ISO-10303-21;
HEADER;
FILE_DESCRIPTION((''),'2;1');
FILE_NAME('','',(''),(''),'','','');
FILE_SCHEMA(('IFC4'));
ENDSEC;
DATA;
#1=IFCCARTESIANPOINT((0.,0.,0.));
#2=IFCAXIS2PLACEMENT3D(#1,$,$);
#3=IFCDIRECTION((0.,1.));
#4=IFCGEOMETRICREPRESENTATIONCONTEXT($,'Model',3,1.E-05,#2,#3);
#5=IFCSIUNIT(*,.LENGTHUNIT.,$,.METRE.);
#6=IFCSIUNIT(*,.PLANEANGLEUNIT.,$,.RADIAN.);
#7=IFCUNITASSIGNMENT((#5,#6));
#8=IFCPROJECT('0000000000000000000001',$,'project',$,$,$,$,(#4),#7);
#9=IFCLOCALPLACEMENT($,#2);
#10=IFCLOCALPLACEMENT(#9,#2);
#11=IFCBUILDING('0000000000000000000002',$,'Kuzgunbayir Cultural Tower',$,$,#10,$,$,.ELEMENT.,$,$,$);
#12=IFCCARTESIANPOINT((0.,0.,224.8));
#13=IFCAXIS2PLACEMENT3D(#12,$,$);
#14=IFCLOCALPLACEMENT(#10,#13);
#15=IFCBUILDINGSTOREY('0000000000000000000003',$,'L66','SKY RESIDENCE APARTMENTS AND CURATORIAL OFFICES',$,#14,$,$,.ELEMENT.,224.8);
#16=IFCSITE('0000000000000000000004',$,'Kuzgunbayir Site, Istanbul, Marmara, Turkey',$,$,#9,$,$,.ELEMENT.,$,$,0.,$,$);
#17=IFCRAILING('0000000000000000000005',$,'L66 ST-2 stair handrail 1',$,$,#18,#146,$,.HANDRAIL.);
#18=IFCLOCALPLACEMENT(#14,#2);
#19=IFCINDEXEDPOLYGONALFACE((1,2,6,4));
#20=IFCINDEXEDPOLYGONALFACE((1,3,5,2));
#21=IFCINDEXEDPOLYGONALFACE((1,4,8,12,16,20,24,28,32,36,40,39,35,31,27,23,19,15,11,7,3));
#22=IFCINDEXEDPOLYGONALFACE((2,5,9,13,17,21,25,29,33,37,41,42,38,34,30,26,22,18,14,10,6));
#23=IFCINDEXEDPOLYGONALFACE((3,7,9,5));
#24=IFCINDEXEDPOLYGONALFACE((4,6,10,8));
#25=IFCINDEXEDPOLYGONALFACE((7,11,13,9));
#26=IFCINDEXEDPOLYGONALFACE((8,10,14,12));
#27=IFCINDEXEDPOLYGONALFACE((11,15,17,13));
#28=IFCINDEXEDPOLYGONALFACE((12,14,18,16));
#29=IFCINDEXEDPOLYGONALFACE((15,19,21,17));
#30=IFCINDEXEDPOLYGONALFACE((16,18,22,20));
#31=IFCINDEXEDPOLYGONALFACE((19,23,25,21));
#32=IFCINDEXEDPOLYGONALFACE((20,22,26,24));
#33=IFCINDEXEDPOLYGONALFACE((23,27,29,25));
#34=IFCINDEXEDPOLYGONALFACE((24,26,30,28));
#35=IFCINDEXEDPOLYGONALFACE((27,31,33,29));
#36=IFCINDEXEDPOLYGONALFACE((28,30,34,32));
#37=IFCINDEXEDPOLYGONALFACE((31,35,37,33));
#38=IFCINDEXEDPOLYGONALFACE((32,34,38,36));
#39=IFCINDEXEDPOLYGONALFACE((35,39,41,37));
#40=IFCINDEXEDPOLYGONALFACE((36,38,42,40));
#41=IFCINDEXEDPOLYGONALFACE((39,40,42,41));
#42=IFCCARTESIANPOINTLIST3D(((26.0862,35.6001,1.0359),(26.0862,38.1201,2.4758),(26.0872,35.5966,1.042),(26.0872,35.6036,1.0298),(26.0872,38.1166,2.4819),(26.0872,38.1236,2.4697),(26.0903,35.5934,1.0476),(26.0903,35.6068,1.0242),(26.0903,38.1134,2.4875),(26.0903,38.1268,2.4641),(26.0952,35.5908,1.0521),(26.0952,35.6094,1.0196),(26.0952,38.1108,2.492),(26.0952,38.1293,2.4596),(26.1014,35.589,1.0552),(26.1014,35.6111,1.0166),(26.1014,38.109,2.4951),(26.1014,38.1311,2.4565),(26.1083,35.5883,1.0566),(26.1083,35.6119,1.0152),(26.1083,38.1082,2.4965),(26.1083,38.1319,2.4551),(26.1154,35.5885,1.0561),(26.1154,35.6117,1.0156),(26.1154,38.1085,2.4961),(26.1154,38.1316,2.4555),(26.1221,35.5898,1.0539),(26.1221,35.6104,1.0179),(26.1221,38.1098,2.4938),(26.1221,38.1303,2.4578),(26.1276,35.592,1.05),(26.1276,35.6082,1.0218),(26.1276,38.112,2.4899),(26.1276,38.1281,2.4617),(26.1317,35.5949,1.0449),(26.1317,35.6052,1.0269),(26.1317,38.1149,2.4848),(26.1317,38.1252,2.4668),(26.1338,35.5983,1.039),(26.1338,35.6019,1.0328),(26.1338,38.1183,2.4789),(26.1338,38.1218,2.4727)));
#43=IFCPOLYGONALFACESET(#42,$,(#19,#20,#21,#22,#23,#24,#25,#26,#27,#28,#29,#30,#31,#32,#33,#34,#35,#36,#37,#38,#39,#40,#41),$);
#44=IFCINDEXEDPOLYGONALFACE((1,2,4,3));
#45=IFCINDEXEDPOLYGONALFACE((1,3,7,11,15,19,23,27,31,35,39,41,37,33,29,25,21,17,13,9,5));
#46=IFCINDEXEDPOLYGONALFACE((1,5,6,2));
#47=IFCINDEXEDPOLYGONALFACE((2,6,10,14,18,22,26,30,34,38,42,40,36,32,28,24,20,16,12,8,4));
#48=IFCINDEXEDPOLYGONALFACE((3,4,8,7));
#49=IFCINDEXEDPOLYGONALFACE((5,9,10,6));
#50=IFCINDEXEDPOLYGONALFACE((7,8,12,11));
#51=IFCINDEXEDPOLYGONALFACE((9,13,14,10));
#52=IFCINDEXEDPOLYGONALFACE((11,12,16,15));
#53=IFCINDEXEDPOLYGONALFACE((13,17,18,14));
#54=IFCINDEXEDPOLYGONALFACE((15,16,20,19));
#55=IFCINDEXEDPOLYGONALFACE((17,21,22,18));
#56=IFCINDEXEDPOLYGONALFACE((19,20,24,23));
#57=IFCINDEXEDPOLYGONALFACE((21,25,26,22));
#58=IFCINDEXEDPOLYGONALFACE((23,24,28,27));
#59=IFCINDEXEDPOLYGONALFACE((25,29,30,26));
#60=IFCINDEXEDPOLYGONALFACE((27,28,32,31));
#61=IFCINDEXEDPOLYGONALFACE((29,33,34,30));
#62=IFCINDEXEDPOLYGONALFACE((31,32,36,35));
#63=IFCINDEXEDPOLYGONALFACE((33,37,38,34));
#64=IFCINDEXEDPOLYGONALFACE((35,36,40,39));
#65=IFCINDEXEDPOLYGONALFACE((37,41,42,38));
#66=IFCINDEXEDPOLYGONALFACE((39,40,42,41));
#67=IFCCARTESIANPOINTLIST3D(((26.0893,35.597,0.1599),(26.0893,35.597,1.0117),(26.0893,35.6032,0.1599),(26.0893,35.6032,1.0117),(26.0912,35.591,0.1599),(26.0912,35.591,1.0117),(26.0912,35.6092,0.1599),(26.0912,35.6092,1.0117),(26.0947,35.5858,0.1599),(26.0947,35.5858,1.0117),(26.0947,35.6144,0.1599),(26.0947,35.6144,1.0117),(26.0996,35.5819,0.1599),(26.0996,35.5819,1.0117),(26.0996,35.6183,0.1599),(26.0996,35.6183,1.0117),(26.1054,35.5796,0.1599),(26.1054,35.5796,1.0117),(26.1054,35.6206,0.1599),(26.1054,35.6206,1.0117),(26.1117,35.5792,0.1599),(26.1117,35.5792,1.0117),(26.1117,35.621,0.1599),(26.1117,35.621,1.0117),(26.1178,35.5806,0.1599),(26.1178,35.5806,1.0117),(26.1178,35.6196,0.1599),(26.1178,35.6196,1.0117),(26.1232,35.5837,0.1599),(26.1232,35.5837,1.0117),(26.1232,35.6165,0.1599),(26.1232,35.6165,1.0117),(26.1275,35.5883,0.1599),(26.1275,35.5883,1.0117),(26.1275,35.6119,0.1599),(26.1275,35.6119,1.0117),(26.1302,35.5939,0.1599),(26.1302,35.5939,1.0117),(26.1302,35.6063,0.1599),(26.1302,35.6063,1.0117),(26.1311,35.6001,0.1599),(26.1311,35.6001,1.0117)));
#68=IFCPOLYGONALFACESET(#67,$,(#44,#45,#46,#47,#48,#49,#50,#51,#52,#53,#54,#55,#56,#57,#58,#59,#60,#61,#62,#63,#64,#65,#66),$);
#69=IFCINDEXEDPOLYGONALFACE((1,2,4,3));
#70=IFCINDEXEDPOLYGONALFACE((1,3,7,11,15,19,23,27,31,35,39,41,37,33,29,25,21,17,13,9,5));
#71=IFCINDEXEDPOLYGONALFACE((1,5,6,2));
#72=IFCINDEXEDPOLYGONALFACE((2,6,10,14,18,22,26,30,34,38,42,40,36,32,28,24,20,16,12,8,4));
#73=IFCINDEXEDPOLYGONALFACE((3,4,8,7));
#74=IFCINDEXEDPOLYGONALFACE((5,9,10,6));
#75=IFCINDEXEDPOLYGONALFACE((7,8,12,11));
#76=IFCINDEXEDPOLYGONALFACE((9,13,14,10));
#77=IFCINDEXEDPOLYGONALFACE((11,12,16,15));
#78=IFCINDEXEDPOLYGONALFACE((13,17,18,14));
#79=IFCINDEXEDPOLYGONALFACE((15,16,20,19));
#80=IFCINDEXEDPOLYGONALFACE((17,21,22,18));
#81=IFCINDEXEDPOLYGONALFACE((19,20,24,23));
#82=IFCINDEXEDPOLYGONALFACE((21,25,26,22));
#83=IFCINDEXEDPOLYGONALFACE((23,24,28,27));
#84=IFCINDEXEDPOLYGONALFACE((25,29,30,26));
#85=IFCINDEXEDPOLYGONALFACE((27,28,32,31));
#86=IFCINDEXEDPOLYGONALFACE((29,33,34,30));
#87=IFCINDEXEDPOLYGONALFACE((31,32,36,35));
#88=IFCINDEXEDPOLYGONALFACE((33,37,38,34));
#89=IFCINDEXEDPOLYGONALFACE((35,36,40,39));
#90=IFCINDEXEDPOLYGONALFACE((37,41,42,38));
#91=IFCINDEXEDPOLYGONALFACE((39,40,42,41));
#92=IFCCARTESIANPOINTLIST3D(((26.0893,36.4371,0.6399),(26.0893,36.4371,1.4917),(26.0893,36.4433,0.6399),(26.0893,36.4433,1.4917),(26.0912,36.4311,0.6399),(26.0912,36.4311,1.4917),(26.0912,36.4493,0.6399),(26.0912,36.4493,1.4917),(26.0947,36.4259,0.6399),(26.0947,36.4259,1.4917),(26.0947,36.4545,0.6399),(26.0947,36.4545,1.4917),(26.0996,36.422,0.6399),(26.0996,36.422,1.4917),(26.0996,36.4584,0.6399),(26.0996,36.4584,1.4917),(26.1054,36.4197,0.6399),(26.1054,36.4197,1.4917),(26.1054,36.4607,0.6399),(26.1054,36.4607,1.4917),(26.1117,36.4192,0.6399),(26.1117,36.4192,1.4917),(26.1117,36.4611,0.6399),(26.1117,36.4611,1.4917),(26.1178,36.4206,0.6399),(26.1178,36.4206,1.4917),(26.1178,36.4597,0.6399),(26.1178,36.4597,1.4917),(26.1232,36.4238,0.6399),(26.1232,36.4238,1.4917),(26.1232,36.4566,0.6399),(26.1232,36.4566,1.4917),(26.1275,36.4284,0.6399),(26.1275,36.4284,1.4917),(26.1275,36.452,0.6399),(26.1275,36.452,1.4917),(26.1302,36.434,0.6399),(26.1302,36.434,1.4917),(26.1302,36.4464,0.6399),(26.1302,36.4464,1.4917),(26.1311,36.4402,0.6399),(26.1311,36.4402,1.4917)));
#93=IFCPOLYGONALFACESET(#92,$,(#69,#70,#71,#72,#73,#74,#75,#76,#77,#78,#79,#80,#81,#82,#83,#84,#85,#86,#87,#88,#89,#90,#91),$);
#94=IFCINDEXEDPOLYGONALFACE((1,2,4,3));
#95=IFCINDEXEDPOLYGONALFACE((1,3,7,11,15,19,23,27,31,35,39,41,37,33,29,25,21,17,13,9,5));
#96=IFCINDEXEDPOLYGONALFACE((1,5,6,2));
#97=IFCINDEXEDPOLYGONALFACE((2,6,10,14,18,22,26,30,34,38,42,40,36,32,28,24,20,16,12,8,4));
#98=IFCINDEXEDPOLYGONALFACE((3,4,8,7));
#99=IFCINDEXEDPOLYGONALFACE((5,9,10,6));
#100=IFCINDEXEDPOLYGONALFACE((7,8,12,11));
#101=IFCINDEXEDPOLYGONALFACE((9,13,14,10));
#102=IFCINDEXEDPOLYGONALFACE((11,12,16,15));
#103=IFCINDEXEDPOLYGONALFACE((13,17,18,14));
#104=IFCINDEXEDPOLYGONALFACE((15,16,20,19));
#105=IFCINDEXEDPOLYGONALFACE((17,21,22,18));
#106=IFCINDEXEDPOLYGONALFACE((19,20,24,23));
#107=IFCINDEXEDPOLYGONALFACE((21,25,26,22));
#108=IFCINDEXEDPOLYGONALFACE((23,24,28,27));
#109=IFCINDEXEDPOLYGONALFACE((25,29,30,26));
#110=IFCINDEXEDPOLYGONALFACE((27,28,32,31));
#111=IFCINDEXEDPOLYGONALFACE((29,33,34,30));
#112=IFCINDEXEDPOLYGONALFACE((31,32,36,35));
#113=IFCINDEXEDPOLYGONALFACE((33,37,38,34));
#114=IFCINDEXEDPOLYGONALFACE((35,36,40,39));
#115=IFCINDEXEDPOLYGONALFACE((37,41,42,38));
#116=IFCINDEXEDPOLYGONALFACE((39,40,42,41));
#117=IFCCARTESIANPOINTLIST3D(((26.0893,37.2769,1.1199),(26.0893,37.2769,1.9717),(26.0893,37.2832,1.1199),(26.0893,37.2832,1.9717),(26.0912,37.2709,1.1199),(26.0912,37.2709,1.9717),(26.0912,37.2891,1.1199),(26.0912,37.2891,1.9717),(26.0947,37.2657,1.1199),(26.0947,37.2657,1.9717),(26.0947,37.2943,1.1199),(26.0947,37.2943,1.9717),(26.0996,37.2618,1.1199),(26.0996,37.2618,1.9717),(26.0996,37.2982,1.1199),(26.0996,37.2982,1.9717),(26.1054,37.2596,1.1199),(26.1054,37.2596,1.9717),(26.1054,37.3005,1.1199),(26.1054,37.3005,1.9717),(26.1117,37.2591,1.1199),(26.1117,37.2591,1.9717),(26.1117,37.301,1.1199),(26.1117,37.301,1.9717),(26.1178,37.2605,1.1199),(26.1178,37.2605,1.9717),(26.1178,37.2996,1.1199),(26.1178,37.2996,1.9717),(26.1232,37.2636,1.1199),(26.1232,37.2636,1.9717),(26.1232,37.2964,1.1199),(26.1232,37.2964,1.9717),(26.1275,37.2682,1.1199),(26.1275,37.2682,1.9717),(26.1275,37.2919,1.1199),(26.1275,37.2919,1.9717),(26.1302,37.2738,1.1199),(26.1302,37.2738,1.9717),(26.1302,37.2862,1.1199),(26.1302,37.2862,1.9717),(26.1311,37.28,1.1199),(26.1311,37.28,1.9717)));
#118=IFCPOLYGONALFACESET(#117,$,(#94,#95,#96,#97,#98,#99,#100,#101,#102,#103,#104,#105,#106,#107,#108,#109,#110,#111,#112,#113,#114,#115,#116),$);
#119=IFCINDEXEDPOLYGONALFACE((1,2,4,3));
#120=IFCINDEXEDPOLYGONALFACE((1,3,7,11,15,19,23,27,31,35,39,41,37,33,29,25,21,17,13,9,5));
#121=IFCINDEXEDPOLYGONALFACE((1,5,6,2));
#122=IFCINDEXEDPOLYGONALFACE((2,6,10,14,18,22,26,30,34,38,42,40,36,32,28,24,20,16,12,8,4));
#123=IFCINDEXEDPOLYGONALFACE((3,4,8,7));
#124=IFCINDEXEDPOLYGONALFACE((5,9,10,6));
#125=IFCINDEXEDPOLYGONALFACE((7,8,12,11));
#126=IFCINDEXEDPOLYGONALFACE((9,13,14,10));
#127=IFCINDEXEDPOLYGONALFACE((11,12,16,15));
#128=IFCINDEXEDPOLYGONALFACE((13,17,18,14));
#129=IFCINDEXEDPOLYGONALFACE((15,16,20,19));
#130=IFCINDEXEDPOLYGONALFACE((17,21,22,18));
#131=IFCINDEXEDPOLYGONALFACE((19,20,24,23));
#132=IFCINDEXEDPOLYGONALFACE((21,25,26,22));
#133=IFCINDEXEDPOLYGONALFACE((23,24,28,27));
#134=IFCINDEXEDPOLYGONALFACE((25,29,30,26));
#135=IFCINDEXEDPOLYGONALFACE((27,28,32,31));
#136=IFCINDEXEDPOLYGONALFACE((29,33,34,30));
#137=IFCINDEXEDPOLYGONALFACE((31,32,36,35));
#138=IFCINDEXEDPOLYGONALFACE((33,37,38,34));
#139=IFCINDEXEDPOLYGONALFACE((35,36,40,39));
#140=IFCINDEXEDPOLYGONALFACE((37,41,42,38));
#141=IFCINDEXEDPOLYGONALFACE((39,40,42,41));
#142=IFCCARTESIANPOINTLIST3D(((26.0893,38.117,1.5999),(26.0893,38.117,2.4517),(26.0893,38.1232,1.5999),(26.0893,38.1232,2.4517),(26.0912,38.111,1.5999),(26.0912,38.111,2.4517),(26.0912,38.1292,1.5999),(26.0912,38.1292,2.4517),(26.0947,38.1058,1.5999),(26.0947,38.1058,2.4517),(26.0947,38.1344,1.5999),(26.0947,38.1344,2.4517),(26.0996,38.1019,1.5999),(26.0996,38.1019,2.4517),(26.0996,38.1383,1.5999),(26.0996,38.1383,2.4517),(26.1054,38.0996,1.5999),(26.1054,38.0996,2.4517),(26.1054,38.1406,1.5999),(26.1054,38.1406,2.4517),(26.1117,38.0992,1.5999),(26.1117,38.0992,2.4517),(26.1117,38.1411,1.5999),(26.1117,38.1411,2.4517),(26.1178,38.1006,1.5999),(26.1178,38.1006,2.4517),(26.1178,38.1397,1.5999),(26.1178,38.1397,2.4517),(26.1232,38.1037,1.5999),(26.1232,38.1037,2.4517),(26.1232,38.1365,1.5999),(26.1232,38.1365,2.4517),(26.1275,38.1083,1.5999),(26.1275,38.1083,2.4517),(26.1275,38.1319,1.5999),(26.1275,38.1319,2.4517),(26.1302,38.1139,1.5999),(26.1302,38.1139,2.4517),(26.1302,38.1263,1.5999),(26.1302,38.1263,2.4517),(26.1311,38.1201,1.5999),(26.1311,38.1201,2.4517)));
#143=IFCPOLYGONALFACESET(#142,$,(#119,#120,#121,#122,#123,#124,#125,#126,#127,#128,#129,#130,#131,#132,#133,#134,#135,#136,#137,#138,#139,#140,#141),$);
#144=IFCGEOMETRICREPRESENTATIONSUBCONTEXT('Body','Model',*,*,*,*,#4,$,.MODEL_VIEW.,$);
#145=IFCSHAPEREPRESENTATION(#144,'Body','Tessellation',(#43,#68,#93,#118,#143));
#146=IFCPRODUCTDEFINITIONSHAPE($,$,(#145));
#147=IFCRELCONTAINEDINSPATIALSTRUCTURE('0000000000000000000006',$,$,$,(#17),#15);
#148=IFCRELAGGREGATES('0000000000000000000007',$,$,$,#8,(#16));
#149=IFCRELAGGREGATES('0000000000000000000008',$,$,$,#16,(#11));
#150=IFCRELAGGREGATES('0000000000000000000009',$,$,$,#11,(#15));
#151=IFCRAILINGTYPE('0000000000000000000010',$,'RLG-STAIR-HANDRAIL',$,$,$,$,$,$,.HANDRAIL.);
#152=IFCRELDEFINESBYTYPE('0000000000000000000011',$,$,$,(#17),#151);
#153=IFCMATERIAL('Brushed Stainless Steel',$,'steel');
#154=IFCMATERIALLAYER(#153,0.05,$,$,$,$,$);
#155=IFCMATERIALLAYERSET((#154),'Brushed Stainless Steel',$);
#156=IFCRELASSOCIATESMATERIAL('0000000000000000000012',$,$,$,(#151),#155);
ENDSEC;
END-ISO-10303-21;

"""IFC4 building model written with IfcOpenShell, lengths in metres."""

from ifc_helpers import new_model, si_unit, direction, frame, origin, origin_2d, place, context, subcontext, project, spatial, circle, extrude, material, layer, layer_set, type_object, element, save


model = new_model("IFC4")

# Units and contexts
model_context = context("Model", 3, precision=1e-05, world=origin(), true_north=direction((0.0, 1.0)))
body_context = subcontext(model_context, "Body", "Model", "MODEL_VIEW")
ifc_project = project(units=[si_unit("LENGTHUNIT", "METRE"), si_unit("PLANEANGLEUNIT", "RADIAN")], contexts=[model_context])

# Site, building, storey
site_placement = place(None, origin())
site = spatial("IfcSite", under=ifc_project, at=site_placement, Name="Kuzgunbayir Site, Istanbul, Marmara, Turkey", CompositionType="ELEMENT", RefElevation=0.0)
building_placement = place(site_placement, origin())
building = spatial("IfcBuilding", under=site, at=building_placement, Name="Kuzgunbayir Cultural Tower", CompositionType="ELEMENT")
storey_placement = place(building_placement, frame((0.0, 0.0, 224.8)))
storey = spatial("IfcBuildingStorey", under=building, at=storey_placement, Name="L66", Description="SKY RESIDENCE APARTMENTS AND CURATORIAL OFFICES", CompositionType="ELEMENT", Elevation=224.8)

# Shared definitions
ifc_material_1 = material(Name="Brushed Stainless Steel", Category="steel")

# Railing
ifc_layer_1 = layer(ifc_material_1, 0.05)
ifc_layer_set_1 = layer_set([ifc_layer_1], Name="Brushed Stainless Steel")
railing_type_1 = type_object("IfcRailingType", Name="RLG-STAIR-HANDRAIL", PredefinedType="HANDRAIL", material=ifc_layer_set_1)
railing_1_placement = place(storey_placement, frame((26.1101, 35.6001, 0.1599)))
element("IfcRailing", 1, at=railing_1_placement, inside=storey, type_object=railing_type_1, Name="L66 ST-2 stair handrail 1", PredefinedType="HANDRAIL", context=body_context, shape_type="SweptSolid", body=[
    extrude(circle(Radius=0.0239, at=origin_2d()), frame((0.0, 0.0, 0.876), z_axis=(0.0, 0.868253, 0.496121), x_axis=(-1.0, 0.0, 0.0)), (0.0, 0.0, 1.0), 2.9023),
    extrude(circle(Radius=0.021, at=origin_2d()), origin(), (0.0, 0.0, 1.0), 0.8518),
    extrude(circle(Radius=0.021, at=origin_2d()), frame((0.0, 0.8401, 0.48)), (0.0, 0.0, 1.0), 0.8518),
    extrude(circle(Radius=0.021, at=origin_2d()), frame((0.0, 1.6799, 0.96)), (0.0, 0.0, 1.0), 0.8518),
    extrude(circle(Radius=0.021, at=origin_2d()), frame((0.0, 2.52, 1.4399)), (0.0, 0.0, 1.0), 0.8518),
])

save(model, "model.ifc")
